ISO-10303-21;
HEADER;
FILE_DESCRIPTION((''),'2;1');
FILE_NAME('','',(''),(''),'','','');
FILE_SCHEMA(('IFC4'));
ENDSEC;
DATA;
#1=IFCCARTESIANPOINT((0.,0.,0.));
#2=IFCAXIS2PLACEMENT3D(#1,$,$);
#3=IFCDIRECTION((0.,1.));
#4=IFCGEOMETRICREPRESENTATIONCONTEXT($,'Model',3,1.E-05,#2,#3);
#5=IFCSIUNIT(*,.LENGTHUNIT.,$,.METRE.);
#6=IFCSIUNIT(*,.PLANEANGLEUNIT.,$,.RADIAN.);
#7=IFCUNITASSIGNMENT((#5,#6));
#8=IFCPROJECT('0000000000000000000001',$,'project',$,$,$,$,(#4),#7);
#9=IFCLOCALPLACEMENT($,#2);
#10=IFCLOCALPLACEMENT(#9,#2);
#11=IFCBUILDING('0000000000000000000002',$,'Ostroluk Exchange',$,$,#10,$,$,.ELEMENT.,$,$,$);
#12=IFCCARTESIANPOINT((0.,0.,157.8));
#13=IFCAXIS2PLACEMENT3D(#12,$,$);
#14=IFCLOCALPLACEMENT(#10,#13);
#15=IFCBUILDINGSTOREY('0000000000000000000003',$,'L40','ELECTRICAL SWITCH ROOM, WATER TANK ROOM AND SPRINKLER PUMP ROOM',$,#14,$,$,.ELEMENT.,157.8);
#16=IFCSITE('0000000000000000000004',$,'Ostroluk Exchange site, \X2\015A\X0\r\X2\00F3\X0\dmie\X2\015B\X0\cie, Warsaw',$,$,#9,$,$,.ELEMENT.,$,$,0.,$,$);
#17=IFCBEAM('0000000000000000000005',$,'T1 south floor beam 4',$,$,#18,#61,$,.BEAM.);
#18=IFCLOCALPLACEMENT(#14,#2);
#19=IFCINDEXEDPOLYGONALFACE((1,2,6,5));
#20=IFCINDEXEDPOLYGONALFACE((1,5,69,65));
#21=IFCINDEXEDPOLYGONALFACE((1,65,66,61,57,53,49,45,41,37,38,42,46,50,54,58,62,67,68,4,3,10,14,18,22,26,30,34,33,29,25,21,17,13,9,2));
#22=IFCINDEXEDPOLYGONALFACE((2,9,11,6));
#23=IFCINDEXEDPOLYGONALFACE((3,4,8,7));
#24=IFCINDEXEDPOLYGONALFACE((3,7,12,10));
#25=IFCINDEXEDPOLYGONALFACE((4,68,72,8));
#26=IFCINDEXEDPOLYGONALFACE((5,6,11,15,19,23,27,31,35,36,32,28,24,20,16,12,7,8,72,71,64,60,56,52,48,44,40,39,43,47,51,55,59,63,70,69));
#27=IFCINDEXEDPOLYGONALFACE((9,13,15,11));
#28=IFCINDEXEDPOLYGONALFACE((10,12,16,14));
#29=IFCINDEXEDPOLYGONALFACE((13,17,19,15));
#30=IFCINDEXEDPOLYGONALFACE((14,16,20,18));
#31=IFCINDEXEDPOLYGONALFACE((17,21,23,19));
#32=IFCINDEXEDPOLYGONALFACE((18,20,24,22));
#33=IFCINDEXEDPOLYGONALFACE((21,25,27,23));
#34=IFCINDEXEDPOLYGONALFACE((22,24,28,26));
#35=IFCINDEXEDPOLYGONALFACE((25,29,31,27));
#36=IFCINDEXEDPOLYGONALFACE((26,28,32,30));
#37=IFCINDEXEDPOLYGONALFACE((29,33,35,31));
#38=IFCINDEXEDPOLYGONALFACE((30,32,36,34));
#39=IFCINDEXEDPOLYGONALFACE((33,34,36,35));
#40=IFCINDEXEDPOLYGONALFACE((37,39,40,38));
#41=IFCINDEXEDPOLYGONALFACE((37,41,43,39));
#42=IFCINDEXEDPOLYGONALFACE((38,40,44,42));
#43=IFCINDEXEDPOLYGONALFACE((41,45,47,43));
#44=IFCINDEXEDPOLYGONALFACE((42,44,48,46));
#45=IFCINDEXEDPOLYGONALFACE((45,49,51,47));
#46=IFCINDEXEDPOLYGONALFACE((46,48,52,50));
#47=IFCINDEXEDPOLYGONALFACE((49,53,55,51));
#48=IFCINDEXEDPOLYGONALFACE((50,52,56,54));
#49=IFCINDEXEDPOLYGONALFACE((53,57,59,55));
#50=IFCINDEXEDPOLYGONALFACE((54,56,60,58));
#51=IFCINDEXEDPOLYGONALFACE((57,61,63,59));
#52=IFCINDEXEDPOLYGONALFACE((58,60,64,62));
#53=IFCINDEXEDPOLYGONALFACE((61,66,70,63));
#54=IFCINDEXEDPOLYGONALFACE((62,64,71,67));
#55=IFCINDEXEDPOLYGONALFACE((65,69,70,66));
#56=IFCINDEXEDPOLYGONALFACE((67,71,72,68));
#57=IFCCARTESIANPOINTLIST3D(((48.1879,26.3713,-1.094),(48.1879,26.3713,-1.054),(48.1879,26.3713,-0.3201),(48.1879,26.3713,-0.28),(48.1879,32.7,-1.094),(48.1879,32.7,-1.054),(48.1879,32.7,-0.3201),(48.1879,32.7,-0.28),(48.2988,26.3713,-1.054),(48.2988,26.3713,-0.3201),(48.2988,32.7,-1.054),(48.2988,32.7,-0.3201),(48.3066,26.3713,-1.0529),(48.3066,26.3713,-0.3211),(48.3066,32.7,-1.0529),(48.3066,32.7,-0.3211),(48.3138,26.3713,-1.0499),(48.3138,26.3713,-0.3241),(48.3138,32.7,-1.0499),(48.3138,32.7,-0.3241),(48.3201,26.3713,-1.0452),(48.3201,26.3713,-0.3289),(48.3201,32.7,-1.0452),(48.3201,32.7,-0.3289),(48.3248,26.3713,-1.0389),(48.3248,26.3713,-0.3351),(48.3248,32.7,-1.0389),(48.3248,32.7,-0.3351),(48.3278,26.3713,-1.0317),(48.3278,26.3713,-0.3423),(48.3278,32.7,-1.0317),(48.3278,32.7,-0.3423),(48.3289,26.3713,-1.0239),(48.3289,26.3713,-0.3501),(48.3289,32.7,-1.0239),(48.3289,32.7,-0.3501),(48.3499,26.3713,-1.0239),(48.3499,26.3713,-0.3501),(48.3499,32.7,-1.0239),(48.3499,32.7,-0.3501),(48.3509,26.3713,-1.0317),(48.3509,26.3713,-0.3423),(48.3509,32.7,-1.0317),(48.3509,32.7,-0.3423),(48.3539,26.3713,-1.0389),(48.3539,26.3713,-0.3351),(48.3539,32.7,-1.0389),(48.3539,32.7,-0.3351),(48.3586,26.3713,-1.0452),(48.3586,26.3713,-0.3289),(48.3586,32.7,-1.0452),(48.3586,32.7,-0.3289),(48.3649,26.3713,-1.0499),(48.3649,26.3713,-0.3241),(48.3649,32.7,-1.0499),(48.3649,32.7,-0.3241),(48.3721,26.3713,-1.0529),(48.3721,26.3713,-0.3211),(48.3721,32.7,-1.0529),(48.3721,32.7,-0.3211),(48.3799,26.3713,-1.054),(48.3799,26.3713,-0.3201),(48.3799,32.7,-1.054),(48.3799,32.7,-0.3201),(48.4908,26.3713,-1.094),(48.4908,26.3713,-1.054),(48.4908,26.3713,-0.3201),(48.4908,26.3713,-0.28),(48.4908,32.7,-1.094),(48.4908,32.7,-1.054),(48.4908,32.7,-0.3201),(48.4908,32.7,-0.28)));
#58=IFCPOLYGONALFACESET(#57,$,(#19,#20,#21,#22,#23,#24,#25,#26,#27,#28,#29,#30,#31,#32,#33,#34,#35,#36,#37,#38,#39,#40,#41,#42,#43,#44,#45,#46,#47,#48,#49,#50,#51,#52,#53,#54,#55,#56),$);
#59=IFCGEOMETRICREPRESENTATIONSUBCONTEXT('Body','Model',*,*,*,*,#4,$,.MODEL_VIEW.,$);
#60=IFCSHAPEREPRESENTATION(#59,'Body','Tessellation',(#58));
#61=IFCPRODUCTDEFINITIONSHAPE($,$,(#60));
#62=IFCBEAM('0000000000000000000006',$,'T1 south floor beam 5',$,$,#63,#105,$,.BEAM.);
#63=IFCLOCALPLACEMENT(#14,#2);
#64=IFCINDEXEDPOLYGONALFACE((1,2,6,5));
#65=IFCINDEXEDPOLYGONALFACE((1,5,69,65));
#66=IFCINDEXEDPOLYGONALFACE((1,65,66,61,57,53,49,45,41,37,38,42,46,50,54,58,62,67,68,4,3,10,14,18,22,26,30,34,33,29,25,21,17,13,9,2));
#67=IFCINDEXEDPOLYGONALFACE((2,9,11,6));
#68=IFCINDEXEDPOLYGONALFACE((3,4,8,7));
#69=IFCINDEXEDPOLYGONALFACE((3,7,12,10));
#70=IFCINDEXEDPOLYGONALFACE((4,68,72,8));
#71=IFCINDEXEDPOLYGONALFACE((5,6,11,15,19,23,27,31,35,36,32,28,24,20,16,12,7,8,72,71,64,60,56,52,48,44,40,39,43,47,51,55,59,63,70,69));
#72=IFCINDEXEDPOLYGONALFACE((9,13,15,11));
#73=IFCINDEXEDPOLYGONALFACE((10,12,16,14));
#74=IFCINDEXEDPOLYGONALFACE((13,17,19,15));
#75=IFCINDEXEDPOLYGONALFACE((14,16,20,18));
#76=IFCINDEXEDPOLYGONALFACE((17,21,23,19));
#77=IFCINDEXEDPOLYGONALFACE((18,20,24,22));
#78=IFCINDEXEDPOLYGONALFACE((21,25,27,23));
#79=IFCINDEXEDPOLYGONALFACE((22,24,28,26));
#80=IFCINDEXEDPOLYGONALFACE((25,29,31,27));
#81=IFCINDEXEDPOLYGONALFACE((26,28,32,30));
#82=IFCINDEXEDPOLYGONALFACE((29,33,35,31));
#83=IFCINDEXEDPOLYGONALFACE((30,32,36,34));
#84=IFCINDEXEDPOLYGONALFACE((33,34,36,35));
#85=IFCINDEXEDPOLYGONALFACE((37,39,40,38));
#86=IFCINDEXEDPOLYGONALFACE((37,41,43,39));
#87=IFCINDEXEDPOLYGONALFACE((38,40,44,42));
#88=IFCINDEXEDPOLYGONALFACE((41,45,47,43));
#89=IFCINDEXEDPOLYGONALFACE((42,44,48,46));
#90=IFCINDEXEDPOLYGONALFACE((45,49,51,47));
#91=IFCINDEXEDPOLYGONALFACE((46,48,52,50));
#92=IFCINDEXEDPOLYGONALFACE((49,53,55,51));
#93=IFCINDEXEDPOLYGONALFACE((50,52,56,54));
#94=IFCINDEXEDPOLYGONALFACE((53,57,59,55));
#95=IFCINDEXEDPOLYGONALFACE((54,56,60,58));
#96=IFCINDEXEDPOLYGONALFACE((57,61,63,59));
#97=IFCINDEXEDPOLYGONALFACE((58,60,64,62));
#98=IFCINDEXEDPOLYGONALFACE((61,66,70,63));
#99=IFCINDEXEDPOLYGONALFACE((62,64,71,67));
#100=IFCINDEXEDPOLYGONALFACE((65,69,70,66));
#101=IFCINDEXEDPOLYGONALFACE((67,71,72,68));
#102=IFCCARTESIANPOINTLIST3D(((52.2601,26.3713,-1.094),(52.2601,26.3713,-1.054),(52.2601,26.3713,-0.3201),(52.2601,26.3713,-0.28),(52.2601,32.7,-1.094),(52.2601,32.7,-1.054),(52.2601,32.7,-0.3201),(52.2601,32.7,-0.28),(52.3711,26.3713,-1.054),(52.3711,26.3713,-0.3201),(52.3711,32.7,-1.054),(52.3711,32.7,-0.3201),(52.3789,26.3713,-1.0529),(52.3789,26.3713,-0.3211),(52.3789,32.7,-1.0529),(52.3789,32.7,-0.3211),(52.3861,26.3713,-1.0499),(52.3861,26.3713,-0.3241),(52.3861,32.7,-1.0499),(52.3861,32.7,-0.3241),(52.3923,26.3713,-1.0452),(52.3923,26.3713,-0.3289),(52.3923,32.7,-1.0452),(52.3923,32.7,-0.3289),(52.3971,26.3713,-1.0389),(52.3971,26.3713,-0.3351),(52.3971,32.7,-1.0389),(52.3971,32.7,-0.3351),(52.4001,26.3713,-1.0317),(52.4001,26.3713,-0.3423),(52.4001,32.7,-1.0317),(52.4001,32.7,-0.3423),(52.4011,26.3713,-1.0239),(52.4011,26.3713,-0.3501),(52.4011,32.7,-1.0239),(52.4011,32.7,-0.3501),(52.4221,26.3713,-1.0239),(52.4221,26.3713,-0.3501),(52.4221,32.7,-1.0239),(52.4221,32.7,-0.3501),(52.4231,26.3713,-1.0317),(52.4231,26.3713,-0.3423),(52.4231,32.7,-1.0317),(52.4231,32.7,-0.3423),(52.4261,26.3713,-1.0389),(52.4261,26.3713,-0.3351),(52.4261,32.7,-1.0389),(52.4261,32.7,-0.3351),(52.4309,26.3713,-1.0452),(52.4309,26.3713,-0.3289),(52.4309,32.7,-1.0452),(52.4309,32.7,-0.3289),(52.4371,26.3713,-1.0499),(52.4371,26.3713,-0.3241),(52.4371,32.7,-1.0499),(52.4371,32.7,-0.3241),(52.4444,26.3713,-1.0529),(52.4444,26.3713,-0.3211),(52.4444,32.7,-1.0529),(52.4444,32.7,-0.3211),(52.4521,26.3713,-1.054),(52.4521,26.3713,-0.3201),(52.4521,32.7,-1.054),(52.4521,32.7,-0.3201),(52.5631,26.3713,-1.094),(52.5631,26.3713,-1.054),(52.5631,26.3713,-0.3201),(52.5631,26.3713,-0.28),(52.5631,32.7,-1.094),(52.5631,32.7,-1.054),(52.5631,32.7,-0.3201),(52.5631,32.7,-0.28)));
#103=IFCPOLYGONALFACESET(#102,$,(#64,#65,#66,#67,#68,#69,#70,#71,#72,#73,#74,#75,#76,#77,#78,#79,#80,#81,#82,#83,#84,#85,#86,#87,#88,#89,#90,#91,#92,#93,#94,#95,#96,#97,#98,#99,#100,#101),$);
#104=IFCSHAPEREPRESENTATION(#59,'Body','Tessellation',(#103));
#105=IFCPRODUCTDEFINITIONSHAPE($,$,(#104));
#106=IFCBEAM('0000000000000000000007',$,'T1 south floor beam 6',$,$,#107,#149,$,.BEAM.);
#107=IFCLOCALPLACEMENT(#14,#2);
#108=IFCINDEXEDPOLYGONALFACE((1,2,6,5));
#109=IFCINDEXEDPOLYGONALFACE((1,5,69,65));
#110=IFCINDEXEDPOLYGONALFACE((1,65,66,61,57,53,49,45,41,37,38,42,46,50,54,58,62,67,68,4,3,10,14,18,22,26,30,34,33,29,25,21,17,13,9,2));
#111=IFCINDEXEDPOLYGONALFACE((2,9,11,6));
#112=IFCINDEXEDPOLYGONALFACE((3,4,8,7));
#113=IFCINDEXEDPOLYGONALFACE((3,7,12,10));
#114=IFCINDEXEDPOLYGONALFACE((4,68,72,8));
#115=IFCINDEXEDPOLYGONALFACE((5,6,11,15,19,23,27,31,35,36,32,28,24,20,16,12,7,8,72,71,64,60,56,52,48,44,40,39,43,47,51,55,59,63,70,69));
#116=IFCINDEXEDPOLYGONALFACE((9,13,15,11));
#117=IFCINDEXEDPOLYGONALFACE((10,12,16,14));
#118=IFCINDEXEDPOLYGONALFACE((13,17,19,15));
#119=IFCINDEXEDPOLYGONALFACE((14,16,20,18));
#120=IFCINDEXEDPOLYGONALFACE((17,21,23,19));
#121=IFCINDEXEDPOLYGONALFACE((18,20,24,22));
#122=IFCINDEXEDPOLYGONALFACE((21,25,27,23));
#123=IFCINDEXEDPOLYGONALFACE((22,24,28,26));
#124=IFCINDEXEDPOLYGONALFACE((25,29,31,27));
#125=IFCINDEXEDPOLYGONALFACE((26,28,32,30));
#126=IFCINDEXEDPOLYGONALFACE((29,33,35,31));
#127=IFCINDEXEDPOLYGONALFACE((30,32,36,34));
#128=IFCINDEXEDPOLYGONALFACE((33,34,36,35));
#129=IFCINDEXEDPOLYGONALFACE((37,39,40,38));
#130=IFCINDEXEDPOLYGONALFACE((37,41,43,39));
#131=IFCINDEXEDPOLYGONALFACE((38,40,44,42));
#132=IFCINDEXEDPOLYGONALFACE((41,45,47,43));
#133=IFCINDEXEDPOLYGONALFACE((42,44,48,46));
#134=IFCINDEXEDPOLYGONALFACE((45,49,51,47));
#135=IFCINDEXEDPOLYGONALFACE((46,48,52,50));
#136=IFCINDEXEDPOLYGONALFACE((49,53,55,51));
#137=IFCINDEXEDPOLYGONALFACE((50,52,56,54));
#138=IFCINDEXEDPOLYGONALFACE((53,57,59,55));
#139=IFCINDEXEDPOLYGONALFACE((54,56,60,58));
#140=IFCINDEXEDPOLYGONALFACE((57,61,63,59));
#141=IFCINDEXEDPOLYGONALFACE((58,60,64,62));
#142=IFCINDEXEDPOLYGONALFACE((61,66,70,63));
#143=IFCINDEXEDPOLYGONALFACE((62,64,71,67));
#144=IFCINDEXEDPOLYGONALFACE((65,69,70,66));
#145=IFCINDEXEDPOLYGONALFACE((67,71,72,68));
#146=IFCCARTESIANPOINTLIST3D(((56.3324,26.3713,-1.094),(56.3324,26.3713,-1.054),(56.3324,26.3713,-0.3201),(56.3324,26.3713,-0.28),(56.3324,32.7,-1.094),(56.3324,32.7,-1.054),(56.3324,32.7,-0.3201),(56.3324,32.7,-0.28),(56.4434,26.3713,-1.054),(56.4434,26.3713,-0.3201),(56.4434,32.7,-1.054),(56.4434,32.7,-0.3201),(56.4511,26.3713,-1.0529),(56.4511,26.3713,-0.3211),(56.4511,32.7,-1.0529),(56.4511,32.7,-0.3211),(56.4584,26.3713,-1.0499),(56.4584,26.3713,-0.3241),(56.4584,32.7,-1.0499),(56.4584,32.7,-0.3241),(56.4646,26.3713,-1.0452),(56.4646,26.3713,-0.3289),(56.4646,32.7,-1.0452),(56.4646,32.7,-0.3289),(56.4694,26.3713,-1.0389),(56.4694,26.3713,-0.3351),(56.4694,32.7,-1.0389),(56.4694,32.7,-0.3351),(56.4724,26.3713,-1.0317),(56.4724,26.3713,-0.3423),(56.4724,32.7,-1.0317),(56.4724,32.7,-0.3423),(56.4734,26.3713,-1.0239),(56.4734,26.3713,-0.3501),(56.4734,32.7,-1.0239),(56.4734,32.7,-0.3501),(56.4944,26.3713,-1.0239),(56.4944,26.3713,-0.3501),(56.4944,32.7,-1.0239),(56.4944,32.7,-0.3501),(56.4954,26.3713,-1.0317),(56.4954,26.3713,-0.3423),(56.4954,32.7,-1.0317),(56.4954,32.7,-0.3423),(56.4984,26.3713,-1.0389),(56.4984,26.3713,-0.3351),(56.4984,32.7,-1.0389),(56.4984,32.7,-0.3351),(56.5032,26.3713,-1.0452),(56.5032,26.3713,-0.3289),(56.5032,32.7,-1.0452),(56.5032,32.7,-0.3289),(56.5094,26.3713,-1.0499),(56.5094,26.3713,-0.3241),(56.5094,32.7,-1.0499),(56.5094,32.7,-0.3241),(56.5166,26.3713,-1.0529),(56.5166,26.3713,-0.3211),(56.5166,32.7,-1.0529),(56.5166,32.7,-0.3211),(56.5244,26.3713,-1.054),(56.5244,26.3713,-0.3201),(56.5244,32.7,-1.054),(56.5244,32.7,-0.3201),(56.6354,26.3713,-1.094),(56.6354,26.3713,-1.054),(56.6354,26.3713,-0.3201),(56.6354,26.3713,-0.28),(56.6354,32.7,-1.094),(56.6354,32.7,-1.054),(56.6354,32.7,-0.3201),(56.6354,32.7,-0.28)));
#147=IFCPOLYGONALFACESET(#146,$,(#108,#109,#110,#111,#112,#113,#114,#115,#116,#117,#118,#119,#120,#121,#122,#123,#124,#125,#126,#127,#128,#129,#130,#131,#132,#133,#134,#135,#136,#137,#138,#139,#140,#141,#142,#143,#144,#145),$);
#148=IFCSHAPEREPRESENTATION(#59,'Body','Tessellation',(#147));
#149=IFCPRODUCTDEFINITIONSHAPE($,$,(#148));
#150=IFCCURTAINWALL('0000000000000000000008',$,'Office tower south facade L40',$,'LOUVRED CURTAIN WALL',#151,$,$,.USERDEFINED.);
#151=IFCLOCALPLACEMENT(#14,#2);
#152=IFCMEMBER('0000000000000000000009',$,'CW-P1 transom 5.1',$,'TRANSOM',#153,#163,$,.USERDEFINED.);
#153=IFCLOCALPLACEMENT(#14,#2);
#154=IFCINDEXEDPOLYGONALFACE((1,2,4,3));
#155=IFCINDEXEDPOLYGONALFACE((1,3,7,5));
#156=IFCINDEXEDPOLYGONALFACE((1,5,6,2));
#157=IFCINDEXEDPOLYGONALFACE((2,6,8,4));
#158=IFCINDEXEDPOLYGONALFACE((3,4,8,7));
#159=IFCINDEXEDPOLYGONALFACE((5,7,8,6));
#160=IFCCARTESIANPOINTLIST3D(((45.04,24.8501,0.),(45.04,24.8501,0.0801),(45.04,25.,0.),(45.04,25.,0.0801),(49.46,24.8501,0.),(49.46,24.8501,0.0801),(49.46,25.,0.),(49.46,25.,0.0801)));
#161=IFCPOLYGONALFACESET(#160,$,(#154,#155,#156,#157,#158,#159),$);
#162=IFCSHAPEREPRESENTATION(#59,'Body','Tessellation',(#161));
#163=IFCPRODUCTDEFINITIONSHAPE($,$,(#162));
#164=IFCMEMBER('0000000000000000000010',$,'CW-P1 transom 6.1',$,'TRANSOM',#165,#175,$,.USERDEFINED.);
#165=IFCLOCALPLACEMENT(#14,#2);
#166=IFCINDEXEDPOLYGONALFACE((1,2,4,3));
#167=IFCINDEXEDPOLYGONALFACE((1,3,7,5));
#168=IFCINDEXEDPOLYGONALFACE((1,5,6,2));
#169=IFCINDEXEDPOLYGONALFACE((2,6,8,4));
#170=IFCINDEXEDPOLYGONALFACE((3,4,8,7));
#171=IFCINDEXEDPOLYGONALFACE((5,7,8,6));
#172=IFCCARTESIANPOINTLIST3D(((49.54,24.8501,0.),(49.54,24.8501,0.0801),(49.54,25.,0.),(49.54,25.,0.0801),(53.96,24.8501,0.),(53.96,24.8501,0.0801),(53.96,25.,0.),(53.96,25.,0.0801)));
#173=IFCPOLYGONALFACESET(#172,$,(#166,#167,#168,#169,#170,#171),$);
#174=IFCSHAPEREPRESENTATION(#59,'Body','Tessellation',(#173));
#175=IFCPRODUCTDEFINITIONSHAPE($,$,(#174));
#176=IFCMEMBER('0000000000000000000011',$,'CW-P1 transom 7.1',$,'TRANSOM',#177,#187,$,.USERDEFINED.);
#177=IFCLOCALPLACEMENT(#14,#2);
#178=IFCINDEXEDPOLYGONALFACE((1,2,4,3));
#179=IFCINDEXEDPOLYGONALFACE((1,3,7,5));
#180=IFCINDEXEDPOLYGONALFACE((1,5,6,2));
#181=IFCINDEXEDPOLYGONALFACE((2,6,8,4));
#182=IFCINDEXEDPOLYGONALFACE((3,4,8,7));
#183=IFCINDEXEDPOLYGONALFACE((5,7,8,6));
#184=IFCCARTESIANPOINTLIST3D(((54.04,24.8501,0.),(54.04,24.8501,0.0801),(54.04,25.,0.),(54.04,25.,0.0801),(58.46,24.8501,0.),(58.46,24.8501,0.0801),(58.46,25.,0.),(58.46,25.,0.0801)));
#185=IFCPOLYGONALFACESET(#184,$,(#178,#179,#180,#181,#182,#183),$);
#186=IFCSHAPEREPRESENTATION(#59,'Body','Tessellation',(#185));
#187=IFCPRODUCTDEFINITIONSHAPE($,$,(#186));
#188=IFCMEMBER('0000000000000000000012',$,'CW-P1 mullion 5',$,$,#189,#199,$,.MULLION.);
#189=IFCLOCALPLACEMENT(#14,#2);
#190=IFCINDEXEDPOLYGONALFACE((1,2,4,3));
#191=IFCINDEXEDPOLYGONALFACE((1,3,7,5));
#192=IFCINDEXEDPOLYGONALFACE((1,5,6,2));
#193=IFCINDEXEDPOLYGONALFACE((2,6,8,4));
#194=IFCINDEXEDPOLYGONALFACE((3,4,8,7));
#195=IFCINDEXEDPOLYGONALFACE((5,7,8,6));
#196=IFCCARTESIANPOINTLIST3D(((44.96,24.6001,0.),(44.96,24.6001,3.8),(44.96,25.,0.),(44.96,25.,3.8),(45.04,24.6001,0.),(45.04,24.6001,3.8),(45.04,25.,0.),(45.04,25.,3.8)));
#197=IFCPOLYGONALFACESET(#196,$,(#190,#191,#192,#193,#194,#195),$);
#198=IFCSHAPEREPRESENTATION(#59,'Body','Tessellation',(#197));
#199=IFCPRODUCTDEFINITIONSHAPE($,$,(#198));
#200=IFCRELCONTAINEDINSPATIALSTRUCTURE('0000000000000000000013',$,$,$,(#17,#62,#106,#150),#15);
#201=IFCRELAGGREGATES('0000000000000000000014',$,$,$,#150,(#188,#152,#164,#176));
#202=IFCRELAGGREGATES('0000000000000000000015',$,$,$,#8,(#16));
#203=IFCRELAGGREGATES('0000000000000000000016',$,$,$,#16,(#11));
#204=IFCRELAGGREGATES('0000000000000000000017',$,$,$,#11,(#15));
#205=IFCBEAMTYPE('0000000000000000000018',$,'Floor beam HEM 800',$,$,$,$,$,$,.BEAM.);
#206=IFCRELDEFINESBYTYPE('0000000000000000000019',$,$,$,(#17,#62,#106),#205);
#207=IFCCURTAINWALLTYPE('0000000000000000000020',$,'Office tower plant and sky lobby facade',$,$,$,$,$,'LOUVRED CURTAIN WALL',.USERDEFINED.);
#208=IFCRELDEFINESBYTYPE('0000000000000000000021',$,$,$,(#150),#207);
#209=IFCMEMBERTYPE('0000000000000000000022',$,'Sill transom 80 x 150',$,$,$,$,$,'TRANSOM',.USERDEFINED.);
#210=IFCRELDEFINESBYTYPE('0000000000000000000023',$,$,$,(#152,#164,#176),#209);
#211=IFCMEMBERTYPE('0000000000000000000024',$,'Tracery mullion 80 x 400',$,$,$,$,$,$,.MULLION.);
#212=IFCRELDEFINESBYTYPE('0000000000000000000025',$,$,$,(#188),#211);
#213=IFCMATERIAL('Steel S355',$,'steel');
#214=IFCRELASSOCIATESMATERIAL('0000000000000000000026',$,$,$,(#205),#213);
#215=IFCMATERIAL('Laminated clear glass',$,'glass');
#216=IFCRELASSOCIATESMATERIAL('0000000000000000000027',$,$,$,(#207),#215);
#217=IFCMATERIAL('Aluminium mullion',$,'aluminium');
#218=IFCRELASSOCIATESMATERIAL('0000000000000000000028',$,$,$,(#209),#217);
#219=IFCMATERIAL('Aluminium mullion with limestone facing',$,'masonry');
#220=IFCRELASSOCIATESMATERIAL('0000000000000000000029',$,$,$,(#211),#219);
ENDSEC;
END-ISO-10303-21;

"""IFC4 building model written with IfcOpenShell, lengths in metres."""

from ifc_helpers import new_model, si_unit, direction, frame, origin, origin_2d, place, context, subcontext, project, spatial, rectangle, i_section, extrude, material, material_profile, profile_set, type_object, element, aggregate, save


model = new_model("IFC4")

# Units and contexts
model_context = context("Model", 3, precision=1e-05, world=origin(), true_north=direction((0.0, 1.0)))
body_context = subcontext(model_context, "Body", "Model", "MODEL_VIEW")
ifc_project = project(units=[si_unit("LENGTHUNIT", "METRE"), si_unit("PLANEANGLEUNIT", "RADIAN")], contexts=[model_context])

# Site, building, storey
site_placement = place(None, origin())
site = spatial("IfcSite", under=ifc_project, at=site_placement, Name="Ostroluk Exchange site, Śródmieście, Warsaw", CompositionType="ELEMENT", RefElevation=0.0)
building_placement = place(site_placement, origin())
building = spatial("IfcBuilding", under=site, at=building_placement, Name="Ostroluk Exchange", CompositionType="ELEMENT")
storey_placement = place(building_placement, frame((0.0, 0.0, 157.8)))
storey = spatial("IfcBuildingStorey", under=building, at=storey_placement, Name="L40", Description="ELECTRICAL SWITCH ROOM, WATER TANK ROOM AND SPRINKLER PUMP ROOM", CompositionType="ELEMENT", Elevation=157.8)

# Beams
ifc_material_1 = material(Name="Steel S355", Category="steel")
ifc_material_profile_1 = material_profile(ifc_material_1, i_section(OverallWidth=0.303, OverallDepth=0.814, WebThickness=0.021, FlangeThickness=0.04, FilletRadius=0.03, at=origin_2d()), Name="HEM 800")
ifc_profile_set_1 = profile_set([ifc_material_profile_1], Name="Steel S355")
beam_type = type_object("IfcBeamType", Name="Floor beam HEM 800", PredefinedType="BEAM", material=ifc_profile_set_1)
for number, where, z_axis, x_axis, name in (
    (1, (48.3394, 32.7, -0.687), (0.0, -1.0, 0.0), (1.0, 0.0, 0.0), "T1 south floor beam 4"),
    (2, (52.4116, 32.7, -0.687), (0.0, -1.0, 0.0), (1.0, 0.0, 0.0), "T1 south floor beam 5"),
    (3, (56.4839, 32.7, -0.687), (0.0, -1.0, 0.0), (1.0, 0.0, 0.0), "T1 south floor beam 6"),
):
    element("IfcBeam", number, at=place(storey_placement, frame(where, z_axis=z_axis, x_axis=x_axis)), inside=storey, type_object=beam_type, Name=name, PredefinedType="BEAM", context=body_context, shape_type="SweptSolid", body=[
        extrude(i_section(OverallWidth=0.303, OverallDepth=0.814, WebThickness=0.021, FlangeThickness=0.04, FilletRadius=0.03, at=origin_2d()), origin(), (0.0, 0.0, 1.0), 6.3286),
    ])

# Curtain wall, members
ifc_material_2 = material(Name="Laminated clear glass", Category="glass")
curtain_wall_type = type_object("IfcCurtainWallType", Name="Office tower plant and sky lobby facade", ElementType="LOUVRED CURTAIN WALL", PredefinedType="USERDEFINED", material=ifc_material_2)
curtain_wall_placement = place(storey_placement, origin())
curtain_wall = element("IfcCurtainWall", 4, at=curtain_wall_placement, inside=storey, type_object=curtain_wall_type, Name="Office tower south facade L40", ObjectType="LOUVRED CURTAIN WALL", PredefinedType="USERDEFINED")
ifc_material_3 = material(Name="Aluminium mullion", Category="aluminium")
ifc_material_profile_2 = material_profile(ifc_material_3, rectangle(XDim=0.1499, YDim=0.0801, at=origin_2d()), Name="Sill transom 80 x 150")
ifc_profile_set_2 = profile_set([ifc_material_profile_2], Name="Aluminium mullion")
member_type_1 = type_object("IfcMemberType", Name="Sill transom 80 x 150", ElementType="TRANSOM", PredefinedType="USERDEFINED", material=ifc_profile_set_2)
member_1_placement = place(storey_placement, frame((45.04, 24.925, 0.04), z_axis=(1.0, 0.0, 0.0), x_axis=(0.0, 1.0, 0.0)))
member_1 = element("IfcMember", 5, at=member_1_placement, type_object=member_type_1, Name="CW-P1 transom 5.1", ObjectType="TRANSOM", PredefinedType="USERDEFINED", context=body_context, shape_type="SweptSolid", body=[
    extrude(rectangle(XDim=0.1499, YDim=0.0801, at=origin_2d()), origin(), (0.0, 0.0, 1.0), 4.4199),
])
member_2_placement = place(storey_placement, frame((49.54, 24.925, 0.04), z_axis=(1.0, 0.0, 0.0), x_axis=(0.0, 1.0, 0.0)))
member_2 = element("IfcMember", 6, at=member_2_placement, type_object=member_type_1, Name="CW-P1 transom 6.1", ObjectType="TRANSOM", PredefinedType="USERDEFINED", context=body_context, shape_type="SweptSolid", body=[
    extrude(rectangle(XDim=0.1499, YDim=0.0801, at=origin_2d()), origin(), (0.0, 0.0, 1.0), 4.4199),
])
member_3_placement = place(storey_placement, frame((54.04, 24.925, 0.04), z_axis=(1.0, 0.0, 0.0), x_axis=(0.0, 1.0, 0.0)))
member_3 = element("IfcMember", 7, at=member_3_placement, type_object=member_type_1, Name="CW-P1 transom 7.1", ObjectType="TRANSOM", PredefinedType="USERDEFINED", context=body_context, shape_type="SweptSolid", body=[
    extrude(rectangle(XDim=0.1499, YDim=0.0801, at=origin_2d()), origin(), (0.0, 0.0, 1.0), 4.4199),
])
ifc_material_4 = material(Name="Aluminium mullion with limestone facing", Category="masonry")
ifc_material_profile_3 = material_profile(ifc_material_4, rectangle(XDim=0.3999, YDim=0.0801, at=origin_2d()), Name="Tracery mullion 80 x 400")
ifc_profile_set_3 = profile_set([ifc_material_profile_3], Name="Aluminium mullion with limestone facing")
member_type_2 = type_object("IfcMemberType", Name="Tracery mullion 80 x 400", PredefinedType="MULLION", material=ifc_profile_set_3)
member_4_placement = place(storey_placement, frame((45.0, 24.8, 0.0), z_axis=(0.0, 0.0, 1.0), x_axis=(0.0, 1.0, 0.0)))
member_4 = element("IfcMember", 8, at=member_4_placement, type_object=member_type_2, Name="CW-P1 mullion 5", PredefinedType="MULLION", context=body_context, shape_type="SweptSolid", body=[
    extrude(rectangle(XDim=0.3999, YDim=0.0801, at=origin_2d()), origin(), (0.0, 0.0, 1.0), 3.8),
])
aggregate(curtain_wall, [member_4, member_1, member_2, member_3])

save(model, "model.ifc")
